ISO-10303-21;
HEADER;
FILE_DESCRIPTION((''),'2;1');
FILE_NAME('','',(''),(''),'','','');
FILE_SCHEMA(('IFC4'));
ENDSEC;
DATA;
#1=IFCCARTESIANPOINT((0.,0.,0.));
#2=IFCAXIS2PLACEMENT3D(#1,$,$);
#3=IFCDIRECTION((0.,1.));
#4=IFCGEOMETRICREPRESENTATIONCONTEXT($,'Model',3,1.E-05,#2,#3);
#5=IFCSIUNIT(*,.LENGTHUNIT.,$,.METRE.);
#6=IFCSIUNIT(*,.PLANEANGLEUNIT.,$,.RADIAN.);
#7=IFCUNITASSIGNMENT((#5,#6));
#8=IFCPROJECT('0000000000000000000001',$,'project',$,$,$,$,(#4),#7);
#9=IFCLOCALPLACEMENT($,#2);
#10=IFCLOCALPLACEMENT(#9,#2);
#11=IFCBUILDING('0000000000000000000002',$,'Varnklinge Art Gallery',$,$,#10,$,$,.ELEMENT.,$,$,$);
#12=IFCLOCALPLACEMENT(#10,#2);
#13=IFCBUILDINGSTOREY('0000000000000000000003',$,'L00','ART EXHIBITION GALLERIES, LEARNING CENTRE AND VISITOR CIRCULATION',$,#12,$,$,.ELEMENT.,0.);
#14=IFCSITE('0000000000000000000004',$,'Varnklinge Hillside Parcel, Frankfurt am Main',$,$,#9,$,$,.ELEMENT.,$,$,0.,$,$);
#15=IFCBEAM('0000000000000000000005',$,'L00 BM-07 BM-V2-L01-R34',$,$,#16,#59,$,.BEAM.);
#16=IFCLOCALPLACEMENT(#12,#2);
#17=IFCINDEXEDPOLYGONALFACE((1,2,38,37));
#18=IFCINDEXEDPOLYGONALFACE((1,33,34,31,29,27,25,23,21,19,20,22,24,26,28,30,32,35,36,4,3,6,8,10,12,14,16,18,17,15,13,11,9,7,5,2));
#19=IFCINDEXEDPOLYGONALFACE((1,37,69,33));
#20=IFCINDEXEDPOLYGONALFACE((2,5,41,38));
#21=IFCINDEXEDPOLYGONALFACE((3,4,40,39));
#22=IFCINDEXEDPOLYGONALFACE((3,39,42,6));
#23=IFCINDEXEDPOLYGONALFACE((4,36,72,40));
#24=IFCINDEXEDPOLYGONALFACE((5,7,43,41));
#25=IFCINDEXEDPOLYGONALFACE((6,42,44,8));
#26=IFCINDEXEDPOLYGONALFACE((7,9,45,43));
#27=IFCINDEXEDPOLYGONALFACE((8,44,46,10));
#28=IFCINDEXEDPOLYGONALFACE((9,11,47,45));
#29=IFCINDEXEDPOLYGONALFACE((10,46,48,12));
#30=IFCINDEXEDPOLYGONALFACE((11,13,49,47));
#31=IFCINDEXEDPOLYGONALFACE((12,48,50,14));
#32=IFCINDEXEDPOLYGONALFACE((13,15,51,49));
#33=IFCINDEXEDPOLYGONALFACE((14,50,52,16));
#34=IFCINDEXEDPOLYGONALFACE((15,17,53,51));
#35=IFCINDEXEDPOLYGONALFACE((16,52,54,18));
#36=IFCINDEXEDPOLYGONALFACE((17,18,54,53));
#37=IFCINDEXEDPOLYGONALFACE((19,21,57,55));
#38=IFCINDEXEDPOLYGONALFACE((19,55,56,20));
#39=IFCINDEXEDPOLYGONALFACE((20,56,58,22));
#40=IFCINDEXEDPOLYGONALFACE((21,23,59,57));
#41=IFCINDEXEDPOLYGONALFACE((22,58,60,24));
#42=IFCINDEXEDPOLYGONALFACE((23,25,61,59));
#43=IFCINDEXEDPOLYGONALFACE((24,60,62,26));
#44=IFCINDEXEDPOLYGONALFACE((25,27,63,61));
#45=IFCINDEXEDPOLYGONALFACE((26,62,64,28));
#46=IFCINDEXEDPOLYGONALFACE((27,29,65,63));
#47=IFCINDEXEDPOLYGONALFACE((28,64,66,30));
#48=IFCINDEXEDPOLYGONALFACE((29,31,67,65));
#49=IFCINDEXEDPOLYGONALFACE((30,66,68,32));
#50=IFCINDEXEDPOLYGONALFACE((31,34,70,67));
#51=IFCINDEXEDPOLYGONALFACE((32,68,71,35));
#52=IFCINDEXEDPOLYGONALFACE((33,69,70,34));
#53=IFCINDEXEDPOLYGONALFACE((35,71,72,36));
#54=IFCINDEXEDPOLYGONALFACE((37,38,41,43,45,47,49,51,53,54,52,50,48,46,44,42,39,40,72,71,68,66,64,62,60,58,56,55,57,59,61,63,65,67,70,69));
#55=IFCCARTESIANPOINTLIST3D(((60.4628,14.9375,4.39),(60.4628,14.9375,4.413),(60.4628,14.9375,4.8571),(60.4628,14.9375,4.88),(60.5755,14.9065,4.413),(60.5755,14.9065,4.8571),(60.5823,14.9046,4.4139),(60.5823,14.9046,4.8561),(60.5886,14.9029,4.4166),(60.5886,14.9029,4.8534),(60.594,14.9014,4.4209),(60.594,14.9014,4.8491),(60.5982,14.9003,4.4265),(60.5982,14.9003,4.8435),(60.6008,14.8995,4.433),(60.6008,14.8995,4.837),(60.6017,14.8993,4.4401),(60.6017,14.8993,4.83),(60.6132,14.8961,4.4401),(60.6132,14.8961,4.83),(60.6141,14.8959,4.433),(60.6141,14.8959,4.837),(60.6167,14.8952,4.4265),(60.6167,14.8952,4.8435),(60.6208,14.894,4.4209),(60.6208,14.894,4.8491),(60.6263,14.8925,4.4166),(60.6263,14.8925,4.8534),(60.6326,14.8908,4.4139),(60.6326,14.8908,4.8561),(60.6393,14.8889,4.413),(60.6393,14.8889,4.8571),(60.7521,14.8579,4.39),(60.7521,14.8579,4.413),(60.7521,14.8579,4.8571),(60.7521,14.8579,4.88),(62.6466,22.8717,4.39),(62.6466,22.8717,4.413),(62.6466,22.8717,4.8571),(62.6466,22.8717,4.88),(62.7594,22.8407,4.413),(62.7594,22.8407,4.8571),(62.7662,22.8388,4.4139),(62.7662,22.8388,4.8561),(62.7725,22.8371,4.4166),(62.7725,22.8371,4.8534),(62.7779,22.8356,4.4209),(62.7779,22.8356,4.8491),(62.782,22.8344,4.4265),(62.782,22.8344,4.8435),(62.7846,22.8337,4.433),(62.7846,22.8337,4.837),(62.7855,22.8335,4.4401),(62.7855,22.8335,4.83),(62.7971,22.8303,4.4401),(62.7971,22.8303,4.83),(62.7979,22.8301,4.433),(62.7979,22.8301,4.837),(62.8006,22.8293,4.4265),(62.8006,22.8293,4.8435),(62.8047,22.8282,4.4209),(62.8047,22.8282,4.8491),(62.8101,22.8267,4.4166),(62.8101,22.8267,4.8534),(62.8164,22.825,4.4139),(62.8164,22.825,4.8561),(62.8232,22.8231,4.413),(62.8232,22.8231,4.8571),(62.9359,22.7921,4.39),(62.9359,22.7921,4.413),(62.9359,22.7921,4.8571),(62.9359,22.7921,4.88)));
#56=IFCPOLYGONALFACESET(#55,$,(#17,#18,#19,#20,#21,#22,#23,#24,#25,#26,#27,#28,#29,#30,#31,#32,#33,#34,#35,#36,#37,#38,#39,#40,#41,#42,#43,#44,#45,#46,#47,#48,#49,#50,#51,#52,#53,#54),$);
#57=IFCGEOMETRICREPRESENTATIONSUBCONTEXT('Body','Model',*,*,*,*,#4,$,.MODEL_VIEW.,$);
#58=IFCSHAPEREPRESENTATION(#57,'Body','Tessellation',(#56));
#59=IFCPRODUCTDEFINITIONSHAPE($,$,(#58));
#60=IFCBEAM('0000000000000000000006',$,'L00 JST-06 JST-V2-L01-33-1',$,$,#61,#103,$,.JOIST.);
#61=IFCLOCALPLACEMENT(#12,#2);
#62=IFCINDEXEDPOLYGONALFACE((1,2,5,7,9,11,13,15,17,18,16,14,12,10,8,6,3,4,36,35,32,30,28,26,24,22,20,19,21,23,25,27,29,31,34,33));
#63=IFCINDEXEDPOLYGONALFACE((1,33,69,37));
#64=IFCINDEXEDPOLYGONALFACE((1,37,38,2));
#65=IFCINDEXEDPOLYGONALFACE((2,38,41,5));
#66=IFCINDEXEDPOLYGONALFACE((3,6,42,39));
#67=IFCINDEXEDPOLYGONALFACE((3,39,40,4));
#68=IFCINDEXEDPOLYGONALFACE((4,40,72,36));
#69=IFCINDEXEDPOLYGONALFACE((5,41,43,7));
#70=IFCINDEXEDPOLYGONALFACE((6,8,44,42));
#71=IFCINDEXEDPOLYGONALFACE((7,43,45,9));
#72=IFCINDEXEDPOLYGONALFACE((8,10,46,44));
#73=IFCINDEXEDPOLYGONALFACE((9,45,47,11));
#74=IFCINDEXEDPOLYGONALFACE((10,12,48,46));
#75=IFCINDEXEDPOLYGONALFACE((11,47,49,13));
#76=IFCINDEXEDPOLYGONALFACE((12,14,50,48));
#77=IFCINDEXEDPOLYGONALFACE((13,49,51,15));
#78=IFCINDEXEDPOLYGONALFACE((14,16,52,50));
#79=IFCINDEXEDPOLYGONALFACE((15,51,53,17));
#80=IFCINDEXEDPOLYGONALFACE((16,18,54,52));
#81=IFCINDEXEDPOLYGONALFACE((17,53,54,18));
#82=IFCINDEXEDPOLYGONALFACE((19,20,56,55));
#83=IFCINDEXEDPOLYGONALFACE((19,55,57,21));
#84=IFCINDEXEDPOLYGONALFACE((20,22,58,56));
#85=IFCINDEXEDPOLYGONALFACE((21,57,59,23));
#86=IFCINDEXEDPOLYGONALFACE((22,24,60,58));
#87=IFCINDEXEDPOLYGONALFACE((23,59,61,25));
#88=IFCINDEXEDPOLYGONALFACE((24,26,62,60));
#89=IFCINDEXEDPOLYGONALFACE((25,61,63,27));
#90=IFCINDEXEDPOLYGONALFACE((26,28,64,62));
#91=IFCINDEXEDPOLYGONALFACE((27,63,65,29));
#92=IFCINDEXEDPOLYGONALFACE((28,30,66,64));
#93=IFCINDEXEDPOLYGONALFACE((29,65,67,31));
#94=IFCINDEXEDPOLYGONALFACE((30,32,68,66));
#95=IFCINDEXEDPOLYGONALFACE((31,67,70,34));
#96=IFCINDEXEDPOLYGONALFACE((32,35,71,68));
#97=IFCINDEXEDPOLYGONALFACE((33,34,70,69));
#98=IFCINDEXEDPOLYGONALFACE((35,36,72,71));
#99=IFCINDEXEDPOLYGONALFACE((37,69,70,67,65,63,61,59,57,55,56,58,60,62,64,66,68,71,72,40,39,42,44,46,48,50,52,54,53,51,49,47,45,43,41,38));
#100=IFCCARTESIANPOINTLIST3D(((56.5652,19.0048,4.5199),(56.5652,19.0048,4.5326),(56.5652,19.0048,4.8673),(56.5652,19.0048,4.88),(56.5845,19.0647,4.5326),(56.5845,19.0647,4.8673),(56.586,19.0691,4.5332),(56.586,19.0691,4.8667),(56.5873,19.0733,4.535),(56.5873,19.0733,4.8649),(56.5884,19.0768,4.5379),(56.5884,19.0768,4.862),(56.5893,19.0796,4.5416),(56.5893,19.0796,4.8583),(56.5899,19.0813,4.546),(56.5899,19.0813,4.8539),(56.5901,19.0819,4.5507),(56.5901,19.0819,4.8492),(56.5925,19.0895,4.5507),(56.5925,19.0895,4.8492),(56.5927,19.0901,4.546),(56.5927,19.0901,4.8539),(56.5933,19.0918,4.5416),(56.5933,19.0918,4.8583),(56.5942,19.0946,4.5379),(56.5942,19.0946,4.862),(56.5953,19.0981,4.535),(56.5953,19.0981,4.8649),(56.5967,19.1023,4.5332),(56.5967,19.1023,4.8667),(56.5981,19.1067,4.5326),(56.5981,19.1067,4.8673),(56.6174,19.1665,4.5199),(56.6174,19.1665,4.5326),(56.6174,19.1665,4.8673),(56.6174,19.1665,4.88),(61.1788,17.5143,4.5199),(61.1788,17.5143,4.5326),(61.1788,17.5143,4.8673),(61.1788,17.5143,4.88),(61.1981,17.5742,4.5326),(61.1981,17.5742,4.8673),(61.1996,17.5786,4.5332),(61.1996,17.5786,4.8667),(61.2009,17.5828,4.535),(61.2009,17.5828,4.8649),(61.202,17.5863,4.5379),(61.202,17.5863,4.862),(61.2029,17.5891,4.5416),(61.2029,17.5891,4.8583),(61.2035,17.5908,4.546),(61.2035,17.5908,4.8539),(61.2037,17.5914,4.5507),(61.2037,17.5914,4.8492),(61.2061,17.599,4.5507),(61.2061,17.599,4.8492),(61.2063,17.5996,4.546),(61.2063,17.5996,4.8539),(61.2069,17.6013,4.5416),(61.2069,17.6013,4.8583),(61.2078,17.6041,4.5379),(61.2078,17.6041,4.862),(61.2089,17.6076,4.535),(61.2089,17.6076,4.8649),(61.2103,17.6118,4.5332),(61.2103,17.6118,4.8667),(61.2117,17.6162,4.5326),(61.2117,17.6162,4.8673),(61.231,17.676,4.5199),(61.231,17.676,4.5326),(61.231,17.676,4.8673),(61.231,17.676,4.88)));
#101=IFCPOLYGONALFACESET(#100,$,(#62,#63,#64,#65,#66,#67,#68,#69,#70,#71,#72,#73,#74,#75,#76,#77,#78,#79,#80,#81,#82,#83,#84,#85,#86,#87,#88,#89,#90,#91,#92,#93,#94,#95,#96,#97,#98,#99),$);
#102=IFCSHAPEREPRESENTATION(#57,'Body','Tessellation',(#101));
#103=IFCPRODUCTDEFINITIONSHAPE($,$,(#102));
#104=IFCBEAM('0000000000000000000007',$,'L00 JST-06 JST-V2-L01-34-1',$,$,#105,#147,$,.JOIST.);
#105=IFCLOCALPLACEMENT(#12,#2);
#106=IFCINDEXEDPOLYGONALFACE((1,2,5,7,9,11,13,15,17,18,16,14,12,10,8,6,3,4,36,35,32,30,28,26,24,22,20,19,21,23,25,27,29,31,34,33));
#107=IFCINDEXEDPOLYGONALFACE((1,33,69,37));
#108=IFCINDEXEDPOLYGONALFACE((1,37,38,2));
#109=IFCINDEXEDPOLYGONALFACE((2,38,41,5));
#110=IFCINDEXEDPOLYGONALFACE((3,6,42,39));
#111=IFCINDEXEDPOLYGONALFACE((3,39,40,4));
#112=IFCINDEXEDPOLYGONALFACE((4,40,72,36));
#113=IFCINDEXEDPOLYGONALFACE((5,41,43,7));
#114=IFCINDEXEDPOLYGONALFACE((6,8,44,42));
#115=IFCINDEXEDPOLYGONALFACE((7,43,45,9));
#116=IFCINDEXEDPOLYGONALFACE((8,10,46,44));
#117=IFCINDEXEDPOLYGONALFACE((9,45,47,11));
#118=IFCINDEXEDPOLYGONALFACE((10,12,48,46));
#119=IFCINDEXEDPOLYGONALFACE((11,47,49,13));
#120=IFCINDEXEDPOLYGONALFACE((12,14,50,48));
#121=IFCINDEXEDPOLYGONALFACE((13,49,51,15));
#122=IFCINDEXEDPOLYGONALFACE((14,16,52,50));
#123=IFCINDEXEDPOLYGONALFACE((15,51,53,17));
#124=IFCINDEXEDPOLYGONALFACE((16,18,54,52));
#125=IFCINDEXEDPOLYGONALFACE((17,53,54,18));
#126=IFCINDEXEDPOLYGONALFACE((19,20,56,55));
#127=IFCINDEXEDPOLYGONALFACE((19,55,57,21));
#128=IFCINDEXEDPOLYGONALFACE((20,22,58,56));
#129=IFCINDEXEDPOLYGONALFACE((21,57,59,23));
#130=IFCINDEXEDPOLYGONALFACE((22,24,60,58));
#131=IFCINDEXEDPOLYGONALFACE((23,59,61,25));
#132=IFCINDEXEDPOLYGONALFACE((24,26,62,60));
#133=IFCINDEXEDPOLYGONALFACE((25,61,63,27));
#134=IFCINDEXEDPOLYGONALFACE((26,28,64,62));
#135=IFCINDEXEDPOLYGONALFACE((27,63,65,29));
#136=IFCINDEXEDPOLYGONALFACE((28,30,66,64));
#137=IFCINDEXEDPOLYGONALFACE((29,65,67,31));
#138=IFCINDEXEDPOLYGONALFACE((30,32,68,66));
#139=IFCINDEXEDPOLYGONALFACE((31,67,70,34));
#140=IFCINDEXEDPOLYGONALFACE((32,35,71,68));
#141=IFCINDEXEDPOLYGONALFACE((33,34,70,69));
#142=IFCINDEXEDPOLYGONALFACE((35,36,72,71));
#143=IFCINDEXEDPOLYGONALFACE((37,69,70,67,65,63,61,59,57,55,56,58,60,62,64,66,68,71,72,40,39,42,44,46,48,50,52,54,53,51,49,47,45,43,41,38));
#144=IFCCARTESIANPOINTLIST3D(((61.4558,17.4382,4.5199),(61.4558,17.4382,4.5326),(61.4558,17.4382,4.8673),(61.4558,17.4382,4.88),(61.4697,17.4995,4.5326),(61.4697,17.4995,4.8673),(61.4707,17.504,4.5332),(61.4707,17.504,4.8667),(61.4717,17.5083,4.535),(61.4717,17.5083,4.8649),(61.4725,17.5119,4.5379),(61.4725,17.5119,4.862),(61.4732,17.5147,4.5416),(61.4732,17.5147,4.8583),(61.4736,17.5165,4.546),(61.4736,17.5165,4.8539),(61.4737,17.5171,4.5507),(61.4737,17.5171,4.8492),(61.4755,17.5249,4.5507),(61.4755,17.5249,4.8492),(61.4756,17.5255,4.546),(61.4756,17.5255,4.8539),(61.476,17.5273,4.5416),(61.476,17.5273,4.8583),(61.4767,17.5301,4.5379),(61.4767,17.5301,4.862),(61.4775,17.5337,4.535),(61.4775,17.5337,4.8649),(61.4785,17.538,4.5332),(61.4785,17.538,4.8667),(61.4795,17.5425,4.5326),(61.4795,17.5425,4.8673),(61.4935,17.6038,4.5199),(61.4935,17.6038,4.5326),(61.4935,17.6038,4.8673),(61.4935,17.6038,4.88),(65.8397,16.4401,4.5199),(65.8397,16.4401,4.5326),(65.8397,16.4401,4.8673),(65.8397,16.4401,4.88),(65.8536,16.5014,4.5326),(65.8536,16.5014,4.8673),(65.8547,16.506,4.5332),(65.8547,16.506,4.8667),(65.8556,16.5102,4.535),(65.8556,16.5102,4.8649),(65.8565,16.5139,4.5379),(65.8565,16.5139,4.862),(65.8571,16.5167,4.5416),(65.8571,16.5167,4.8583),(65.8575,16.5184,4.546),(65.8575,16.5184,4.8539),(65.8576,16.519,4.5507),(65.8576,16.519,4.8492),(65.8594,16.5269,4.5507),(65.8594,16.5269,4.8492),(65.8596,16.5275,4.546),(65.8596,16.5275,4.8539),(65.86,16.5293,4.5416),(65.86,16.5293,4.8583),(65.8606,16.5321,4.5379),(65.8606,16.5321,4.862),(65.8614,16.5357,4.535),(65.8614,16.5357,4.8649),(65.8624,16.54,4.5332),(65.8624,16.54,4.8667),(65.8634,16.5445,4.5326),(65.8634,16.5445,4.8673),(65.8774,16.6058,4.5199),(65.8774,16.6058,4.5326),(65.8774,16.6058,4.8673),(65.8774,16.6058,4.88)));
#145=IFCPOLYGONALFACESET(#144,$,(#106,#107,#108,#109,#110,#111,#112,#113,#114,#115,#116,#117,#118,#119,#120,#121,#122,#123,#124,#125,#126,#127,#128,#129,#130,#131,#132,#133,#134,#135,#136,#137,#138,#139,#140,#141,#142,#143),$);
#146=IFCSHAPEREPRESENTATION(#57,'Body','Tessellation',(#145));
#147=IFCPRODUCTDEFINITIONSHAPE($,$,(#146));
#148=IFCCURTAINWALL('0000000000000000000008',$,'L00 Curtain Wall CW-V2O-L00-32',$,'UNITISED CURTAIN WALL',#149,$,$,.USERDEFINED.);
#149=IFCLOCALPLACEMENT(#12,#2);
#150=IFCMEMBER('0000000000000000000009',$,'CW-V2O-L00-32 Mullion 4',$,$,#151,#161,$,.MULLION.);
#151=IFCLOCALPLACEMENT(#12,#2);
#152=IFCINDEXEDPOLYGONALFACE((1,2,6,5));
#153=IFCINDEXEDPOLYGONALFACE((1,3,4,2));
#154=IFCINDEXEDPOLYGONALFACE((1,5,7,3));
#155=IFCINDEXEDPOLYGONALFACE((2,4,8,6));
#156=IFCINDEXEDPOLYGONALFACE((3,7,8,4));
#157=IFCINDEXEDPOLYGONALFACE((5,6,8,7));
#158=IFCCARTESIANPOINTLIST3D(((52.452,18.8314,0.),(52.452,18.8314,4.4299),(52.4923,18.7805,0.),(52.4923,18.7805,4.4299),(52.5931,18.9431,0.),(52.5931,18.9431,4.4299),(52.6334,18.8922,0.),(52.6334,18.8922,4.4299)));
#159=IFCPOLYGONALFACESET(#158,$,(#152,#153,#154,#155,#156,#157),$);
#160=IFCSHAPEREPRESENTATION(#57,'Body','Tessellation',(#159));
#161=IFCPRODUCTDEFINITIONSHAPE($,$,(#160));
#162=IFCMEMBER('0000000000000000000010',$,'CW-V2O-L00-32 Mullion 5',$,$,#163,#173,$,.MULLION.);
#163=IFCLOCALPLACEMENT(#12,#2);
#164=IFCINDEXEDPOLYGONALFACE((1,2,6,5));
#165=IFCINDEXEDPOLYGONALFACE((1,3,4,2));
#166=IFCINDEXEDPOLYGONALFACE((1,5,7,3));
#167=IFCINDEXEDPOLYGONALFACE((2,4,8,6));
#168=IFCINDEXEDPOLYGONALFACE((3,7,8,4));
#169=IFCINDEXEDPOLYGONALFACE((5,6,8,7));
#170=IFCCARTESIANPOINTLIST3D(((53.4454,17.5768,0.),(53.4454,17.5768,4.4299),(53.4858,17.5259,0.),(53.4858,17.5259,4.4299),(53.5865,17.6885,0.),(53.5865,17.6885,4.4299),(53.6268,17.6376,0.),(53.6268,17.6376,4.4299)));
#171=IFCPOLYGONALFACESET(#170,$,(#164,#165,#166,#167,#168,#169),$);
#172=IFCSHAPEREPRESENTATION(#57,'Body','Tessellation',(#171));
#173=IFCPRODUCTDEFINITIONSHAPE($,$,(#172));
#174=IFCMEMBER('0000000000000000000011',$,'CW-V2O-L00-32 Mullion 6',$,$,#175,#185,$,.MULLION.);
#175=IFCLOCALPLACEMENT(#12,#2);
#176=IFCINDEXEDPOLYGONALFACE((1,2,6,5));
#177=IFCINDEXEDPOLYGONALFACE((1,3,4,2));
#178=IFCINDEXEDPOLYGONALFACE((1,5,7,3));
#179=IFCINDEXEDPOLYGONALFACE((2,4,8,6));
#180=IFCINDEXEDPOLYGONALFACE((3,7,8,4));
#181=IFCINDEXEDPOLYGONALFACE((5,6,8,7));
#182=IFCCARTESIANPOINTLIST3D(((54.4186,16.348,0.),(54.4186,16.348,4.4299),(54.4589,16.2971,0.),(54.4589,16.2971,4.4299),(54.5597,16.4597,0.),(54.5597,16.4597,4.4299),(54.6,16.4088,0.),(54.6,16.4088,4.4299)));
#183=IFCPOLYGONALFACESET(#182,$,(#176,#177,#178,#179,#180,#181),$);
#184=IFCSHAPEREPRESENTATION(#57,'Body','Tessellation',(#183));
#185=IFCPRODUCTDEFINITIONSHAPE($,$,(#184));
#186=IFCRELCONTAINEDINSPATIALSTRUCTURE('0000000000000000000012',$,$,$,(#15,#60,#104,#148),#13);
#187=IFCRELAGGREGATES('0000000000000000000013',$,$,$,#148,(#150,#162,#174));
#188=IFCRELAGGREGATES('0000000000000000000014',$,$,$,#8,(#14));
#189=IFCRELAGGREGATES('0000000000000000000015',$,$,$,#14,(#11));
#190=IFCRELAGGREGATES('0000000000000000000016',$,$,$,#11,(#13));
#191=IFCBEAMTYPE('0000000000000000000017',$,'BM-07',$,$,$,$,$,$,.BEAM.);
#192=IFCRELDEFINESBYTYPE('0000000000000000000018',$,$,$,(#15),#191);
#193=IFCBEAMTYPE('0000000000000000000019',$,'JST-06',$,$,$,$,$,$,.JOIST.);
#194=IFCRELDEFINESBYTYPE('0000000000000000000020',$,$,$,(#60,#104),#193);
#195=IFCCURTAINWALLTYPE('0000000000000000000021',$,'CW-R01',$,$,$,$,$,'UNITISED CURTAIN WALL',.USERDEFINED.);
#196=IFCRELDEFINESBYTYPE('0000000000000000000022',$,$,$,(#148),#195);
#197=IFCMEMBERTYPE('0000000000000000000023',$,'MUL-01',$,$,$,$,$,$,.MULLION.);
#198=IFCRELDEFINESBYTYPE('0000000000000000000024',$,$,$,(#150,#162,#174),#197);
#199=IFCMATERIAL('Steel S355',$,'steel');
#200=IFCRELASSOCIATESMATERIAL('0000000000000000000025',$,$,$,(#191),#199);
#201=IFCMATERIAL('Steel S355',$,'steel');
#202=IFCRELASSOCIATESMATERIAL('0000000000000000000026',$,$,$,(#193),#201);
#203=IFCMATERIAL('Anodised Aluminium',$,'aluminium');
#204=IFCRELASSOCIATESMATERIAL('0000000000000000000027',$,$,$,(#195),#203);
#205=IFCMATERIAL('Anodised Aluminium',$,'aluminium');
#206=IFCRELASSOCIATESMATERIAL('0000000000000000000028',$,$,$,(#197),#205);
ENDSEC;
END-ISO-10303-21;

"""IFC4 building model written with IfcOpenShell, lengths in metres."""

from ifc_helpers import new_model, si_unit, direction, frame, origin, origin_2d, place, context, subcontext, project, spatial, rectangle, i_section, extrude, material, material_profile, profile_set, type_object, element, aggregate, save


model = new_model("IFC4")

# Units and contexts
model_context = context("Model", 3, precision=1e-05, world=origin(), true_north=direction((0.0, 1.0)))
body_context = subcontext(model_context, "Body", "Model", "MODEL_VIEW")
ifc_project = project(units=[si_unit("LENGTHUNIT", "METRE"), si_unit("PLANEANGLEUNIT", "RADIAN")], contexts=[model_context])

# Site, building, storey
site_placement = place(None, origin())
site = spatial("IfcSite", under=ifc_project, at=site_placement, Name="Varnklinge Hillside Parcel, Frankfurt am Main", CompositionType="ELEMENT", RefElevation=0.0)
building_placement = place(site_placement, origin())
building = spatial("IfcBuilding", under=site, at=building_placement, Name="Varnklinge Art Gallery", CompositionType="ELEMENT")
storey_placement = place(building_placement, origin())
storey = spatial("IfcBuildingStorey", under=building, at=storey_placement, Name="L00", Description="ART EXHIBITION GALLERIES, LEARNING CENTRE AND VISITOR CIRCULATION", CompositionType="ELEMENT", Elevation=0.0)

# Beams
ifc_material_1 = material(Name="Steel S355", Category="steel")
ifc_material_profile_1 = material_profile(ifc_material_1, i_section(OverallWidth=0.3, OverallDepth=0.49, WebThickness=0.012, FlangeThickness=0.0229, FilletRadius=0.0271, at=origin_2d()), Name="HEA 500")
ifc_profile_set_1 = profile_set([ifc_material_profile_1], Name="Steel S355")
beam_type_1 = type_object("IfcBeamType", Name="BM-07", PredefinedType="BEAM", material=ifc_profile_set_1)
beam_1_placement = place(storey_placement, frame((60.6074, 14.8977, 4.635), z_axis=(0.265379, 0.964144, 0.0), x_axis=(-0.964144, 0.265379, 0.0)))
element("IfcBeam", 1, at=beam_1_placement, inside=storey, type_object=beam_type_1, Name="L00 BM-07 BM-V2-L01-R34", PredefinedType="BEAM", context=body_context, shape_type="SweptSolid", body=[
    extrude(i_section(OverallWidth=0.3, OverallDepth=0.49, WebThickness=0.012, FlangeThickness=0.0229, FilletRadius=0.0271, at=origin_2d()), origin(), (0.0, 0.0, 1.0), 8.2292),
])
ifc_material_2 = material(Name="Steel S355", Category="steel")
ifc_material_profile_2 = material_profile(ifc_material_2, i_section(OverallWidth=0.1699, OverallDepth=0.3601, WebThickness=0.0081, FlangeThickness=0.0127, FilletRadius=0.0181, at=origin_2d()), Name="IPE 360")
ifc_profile_set_2 = profile_set([ifc_material_profile_2], Name="Steel S355")
beam_type_2 = type_object("IfcBeamType", Name="JST-06", PredefinedType="JOIST", material=ifc_profile_set_2)
beam_2_placement = place(storey_placement, frame((56.5913, 19.0857, 4.7), z_axis=(0.951573, -0.307422, 0.0), x_axis=(0.307422, 0.951573, 0.0)))
element("IfcBeam", 2, at=beam_2_placement, inside=storey, type_object=beam_type_2, Name="L00 JST-06 JST-V2-L01-33-1", PredefinedType="JOIST", context=body_context, shape_type="SweptSolid", body=[
    extrude(i_section(OverallWidth=0.1699, OverallDepth=0.3601, WebThickness=0.0081, FlangeThickness=0.0127, FilletRadius=0.0181, at=origin_2d()), origin(), (0.0, 0.0, 1.0), 4.8484),
])
beam_3_placement = place(storey_placement, frame((61.4746, 17.521, 4.7), z_axis=(0.975052, -0.221975, 0.0), x_axis=(0.221975, 0.975052, 0.0)))
element("IfcBeam", 3, at=beam_3_placement, inside=storey, type_object=beam_type_2, Name="L00 JST-06 JST-V2-L01-34-1", PredefinedType="JOIST", context=body_context, shape_type="SweptSolid", body=[
    extrude(i_section(OverallWidth=0.1699, OverallDepth=0.3601, WebThickness=0.0081, FlangeThickness=0.0127, FilletRadius=0.0181, at=origin_2d()), origin(), (0.0, 0.0, 1.0), 4.4961),
])

# Curtain wall, members
ifc_material_3 = material(Name="Anodised Aluminium", Category="aluminium")
curtain_wall_type = type_object("IfcCurtainWallType", Name="CW-R01", ElementType="UNITISED CURTAIN WALL", PredefinedType="USERDEFINED", material=ifc_material_3)
curtain_wall_placement = place(storey_placement, origin())
curtain_wall = element("IfcCurtainWall", 4, at=curtain_wall_placement, inside=storey, type_object=curtain_wall_type, Name="L00 Curtain Wall CW-V2O-L00-32", ObjectType="UNITISED CURTAIN WALL", PredefinedType="USERDEFINED")
ifc_material_4 = material(Name="Anodised Aluminium", Category="aluminium")
ifc_material_profile_3 = material_profile(ifc_material_4, rectangle(XDim=0.0649, YDim=0.1799, at=origin_2d()), Name="ALU 65x180")
ifc_profile_set_3 = profile_set([ifc_material_profile_3], Name="Anodised Aluminium")
member_type = type_object("IfcMemberType", Name="MUL-01", PredefinedType="MULLION", material=ifc_profile_set_3)
member_1_placement = place(storey_placement, frame((52.5427, 18.8618, 0.0), z_axis=(0.0, 0.0, 1.0), x_axis=(0.620737, -0.784019, 0.0)))
member_1 = element("IfcMember", 5, at=member_1_placement, type_object=member_type, Name="CW-V2O-L00-32 Mullion 4", PredefinedType="MULLION", context=body_context, shape_type="SweptSolid", body=[
    extrude(rectangle(XDim=0.0649, YDim=0.1799, at=origin_2d()), origin(), (0.0, 0.0, 1.0), 4.4299),
])
member_2_placement = place(storey_placement, frame((53.5361, 17.6072, 0.0), z_axis=(0.0, 0.0, 1.0), x_axis=(0.620737, -0.784019, 0.0)))
member_2 = element("IfcMember", 6, at=member_2_placement, type_object=member_type, Name="CW-V2O-L00-32 Mullion 5", PredefinedType="MULLION", context=body_context, shape_type="SweptSolid", body=[
    extrude(rectangle(XDim=0.0649, YDim=0.1799, at=origin_2d()), origin(), (0.0, 0.0, 1.0), 4.4299),
])
member_3_placement = place(storey_placement, frame((54.5093, 16.3784, 0.0), z_axis=(0.0, 0.0, 1.0), x_axis=(0.620737, -0.784019, 0.0)))
member_3 = element("IfcMember", 7, at=member_3_placement, type_object=member_type, Name="CW-V2O-L00-32 Mullion 6", PredefinedType="MULLION", context=body_context, shape_type="SweptSolid", body=[
    extrude(rectangle(XDim=0.0649, YDim=0.1799, at=origin_2d()), origin(), (0.0, 0.0, 1.0), 4.4299),
])

aggregate(curtain_wall, [member_1, member_2, member_3])

save(model, "model.ifc")
